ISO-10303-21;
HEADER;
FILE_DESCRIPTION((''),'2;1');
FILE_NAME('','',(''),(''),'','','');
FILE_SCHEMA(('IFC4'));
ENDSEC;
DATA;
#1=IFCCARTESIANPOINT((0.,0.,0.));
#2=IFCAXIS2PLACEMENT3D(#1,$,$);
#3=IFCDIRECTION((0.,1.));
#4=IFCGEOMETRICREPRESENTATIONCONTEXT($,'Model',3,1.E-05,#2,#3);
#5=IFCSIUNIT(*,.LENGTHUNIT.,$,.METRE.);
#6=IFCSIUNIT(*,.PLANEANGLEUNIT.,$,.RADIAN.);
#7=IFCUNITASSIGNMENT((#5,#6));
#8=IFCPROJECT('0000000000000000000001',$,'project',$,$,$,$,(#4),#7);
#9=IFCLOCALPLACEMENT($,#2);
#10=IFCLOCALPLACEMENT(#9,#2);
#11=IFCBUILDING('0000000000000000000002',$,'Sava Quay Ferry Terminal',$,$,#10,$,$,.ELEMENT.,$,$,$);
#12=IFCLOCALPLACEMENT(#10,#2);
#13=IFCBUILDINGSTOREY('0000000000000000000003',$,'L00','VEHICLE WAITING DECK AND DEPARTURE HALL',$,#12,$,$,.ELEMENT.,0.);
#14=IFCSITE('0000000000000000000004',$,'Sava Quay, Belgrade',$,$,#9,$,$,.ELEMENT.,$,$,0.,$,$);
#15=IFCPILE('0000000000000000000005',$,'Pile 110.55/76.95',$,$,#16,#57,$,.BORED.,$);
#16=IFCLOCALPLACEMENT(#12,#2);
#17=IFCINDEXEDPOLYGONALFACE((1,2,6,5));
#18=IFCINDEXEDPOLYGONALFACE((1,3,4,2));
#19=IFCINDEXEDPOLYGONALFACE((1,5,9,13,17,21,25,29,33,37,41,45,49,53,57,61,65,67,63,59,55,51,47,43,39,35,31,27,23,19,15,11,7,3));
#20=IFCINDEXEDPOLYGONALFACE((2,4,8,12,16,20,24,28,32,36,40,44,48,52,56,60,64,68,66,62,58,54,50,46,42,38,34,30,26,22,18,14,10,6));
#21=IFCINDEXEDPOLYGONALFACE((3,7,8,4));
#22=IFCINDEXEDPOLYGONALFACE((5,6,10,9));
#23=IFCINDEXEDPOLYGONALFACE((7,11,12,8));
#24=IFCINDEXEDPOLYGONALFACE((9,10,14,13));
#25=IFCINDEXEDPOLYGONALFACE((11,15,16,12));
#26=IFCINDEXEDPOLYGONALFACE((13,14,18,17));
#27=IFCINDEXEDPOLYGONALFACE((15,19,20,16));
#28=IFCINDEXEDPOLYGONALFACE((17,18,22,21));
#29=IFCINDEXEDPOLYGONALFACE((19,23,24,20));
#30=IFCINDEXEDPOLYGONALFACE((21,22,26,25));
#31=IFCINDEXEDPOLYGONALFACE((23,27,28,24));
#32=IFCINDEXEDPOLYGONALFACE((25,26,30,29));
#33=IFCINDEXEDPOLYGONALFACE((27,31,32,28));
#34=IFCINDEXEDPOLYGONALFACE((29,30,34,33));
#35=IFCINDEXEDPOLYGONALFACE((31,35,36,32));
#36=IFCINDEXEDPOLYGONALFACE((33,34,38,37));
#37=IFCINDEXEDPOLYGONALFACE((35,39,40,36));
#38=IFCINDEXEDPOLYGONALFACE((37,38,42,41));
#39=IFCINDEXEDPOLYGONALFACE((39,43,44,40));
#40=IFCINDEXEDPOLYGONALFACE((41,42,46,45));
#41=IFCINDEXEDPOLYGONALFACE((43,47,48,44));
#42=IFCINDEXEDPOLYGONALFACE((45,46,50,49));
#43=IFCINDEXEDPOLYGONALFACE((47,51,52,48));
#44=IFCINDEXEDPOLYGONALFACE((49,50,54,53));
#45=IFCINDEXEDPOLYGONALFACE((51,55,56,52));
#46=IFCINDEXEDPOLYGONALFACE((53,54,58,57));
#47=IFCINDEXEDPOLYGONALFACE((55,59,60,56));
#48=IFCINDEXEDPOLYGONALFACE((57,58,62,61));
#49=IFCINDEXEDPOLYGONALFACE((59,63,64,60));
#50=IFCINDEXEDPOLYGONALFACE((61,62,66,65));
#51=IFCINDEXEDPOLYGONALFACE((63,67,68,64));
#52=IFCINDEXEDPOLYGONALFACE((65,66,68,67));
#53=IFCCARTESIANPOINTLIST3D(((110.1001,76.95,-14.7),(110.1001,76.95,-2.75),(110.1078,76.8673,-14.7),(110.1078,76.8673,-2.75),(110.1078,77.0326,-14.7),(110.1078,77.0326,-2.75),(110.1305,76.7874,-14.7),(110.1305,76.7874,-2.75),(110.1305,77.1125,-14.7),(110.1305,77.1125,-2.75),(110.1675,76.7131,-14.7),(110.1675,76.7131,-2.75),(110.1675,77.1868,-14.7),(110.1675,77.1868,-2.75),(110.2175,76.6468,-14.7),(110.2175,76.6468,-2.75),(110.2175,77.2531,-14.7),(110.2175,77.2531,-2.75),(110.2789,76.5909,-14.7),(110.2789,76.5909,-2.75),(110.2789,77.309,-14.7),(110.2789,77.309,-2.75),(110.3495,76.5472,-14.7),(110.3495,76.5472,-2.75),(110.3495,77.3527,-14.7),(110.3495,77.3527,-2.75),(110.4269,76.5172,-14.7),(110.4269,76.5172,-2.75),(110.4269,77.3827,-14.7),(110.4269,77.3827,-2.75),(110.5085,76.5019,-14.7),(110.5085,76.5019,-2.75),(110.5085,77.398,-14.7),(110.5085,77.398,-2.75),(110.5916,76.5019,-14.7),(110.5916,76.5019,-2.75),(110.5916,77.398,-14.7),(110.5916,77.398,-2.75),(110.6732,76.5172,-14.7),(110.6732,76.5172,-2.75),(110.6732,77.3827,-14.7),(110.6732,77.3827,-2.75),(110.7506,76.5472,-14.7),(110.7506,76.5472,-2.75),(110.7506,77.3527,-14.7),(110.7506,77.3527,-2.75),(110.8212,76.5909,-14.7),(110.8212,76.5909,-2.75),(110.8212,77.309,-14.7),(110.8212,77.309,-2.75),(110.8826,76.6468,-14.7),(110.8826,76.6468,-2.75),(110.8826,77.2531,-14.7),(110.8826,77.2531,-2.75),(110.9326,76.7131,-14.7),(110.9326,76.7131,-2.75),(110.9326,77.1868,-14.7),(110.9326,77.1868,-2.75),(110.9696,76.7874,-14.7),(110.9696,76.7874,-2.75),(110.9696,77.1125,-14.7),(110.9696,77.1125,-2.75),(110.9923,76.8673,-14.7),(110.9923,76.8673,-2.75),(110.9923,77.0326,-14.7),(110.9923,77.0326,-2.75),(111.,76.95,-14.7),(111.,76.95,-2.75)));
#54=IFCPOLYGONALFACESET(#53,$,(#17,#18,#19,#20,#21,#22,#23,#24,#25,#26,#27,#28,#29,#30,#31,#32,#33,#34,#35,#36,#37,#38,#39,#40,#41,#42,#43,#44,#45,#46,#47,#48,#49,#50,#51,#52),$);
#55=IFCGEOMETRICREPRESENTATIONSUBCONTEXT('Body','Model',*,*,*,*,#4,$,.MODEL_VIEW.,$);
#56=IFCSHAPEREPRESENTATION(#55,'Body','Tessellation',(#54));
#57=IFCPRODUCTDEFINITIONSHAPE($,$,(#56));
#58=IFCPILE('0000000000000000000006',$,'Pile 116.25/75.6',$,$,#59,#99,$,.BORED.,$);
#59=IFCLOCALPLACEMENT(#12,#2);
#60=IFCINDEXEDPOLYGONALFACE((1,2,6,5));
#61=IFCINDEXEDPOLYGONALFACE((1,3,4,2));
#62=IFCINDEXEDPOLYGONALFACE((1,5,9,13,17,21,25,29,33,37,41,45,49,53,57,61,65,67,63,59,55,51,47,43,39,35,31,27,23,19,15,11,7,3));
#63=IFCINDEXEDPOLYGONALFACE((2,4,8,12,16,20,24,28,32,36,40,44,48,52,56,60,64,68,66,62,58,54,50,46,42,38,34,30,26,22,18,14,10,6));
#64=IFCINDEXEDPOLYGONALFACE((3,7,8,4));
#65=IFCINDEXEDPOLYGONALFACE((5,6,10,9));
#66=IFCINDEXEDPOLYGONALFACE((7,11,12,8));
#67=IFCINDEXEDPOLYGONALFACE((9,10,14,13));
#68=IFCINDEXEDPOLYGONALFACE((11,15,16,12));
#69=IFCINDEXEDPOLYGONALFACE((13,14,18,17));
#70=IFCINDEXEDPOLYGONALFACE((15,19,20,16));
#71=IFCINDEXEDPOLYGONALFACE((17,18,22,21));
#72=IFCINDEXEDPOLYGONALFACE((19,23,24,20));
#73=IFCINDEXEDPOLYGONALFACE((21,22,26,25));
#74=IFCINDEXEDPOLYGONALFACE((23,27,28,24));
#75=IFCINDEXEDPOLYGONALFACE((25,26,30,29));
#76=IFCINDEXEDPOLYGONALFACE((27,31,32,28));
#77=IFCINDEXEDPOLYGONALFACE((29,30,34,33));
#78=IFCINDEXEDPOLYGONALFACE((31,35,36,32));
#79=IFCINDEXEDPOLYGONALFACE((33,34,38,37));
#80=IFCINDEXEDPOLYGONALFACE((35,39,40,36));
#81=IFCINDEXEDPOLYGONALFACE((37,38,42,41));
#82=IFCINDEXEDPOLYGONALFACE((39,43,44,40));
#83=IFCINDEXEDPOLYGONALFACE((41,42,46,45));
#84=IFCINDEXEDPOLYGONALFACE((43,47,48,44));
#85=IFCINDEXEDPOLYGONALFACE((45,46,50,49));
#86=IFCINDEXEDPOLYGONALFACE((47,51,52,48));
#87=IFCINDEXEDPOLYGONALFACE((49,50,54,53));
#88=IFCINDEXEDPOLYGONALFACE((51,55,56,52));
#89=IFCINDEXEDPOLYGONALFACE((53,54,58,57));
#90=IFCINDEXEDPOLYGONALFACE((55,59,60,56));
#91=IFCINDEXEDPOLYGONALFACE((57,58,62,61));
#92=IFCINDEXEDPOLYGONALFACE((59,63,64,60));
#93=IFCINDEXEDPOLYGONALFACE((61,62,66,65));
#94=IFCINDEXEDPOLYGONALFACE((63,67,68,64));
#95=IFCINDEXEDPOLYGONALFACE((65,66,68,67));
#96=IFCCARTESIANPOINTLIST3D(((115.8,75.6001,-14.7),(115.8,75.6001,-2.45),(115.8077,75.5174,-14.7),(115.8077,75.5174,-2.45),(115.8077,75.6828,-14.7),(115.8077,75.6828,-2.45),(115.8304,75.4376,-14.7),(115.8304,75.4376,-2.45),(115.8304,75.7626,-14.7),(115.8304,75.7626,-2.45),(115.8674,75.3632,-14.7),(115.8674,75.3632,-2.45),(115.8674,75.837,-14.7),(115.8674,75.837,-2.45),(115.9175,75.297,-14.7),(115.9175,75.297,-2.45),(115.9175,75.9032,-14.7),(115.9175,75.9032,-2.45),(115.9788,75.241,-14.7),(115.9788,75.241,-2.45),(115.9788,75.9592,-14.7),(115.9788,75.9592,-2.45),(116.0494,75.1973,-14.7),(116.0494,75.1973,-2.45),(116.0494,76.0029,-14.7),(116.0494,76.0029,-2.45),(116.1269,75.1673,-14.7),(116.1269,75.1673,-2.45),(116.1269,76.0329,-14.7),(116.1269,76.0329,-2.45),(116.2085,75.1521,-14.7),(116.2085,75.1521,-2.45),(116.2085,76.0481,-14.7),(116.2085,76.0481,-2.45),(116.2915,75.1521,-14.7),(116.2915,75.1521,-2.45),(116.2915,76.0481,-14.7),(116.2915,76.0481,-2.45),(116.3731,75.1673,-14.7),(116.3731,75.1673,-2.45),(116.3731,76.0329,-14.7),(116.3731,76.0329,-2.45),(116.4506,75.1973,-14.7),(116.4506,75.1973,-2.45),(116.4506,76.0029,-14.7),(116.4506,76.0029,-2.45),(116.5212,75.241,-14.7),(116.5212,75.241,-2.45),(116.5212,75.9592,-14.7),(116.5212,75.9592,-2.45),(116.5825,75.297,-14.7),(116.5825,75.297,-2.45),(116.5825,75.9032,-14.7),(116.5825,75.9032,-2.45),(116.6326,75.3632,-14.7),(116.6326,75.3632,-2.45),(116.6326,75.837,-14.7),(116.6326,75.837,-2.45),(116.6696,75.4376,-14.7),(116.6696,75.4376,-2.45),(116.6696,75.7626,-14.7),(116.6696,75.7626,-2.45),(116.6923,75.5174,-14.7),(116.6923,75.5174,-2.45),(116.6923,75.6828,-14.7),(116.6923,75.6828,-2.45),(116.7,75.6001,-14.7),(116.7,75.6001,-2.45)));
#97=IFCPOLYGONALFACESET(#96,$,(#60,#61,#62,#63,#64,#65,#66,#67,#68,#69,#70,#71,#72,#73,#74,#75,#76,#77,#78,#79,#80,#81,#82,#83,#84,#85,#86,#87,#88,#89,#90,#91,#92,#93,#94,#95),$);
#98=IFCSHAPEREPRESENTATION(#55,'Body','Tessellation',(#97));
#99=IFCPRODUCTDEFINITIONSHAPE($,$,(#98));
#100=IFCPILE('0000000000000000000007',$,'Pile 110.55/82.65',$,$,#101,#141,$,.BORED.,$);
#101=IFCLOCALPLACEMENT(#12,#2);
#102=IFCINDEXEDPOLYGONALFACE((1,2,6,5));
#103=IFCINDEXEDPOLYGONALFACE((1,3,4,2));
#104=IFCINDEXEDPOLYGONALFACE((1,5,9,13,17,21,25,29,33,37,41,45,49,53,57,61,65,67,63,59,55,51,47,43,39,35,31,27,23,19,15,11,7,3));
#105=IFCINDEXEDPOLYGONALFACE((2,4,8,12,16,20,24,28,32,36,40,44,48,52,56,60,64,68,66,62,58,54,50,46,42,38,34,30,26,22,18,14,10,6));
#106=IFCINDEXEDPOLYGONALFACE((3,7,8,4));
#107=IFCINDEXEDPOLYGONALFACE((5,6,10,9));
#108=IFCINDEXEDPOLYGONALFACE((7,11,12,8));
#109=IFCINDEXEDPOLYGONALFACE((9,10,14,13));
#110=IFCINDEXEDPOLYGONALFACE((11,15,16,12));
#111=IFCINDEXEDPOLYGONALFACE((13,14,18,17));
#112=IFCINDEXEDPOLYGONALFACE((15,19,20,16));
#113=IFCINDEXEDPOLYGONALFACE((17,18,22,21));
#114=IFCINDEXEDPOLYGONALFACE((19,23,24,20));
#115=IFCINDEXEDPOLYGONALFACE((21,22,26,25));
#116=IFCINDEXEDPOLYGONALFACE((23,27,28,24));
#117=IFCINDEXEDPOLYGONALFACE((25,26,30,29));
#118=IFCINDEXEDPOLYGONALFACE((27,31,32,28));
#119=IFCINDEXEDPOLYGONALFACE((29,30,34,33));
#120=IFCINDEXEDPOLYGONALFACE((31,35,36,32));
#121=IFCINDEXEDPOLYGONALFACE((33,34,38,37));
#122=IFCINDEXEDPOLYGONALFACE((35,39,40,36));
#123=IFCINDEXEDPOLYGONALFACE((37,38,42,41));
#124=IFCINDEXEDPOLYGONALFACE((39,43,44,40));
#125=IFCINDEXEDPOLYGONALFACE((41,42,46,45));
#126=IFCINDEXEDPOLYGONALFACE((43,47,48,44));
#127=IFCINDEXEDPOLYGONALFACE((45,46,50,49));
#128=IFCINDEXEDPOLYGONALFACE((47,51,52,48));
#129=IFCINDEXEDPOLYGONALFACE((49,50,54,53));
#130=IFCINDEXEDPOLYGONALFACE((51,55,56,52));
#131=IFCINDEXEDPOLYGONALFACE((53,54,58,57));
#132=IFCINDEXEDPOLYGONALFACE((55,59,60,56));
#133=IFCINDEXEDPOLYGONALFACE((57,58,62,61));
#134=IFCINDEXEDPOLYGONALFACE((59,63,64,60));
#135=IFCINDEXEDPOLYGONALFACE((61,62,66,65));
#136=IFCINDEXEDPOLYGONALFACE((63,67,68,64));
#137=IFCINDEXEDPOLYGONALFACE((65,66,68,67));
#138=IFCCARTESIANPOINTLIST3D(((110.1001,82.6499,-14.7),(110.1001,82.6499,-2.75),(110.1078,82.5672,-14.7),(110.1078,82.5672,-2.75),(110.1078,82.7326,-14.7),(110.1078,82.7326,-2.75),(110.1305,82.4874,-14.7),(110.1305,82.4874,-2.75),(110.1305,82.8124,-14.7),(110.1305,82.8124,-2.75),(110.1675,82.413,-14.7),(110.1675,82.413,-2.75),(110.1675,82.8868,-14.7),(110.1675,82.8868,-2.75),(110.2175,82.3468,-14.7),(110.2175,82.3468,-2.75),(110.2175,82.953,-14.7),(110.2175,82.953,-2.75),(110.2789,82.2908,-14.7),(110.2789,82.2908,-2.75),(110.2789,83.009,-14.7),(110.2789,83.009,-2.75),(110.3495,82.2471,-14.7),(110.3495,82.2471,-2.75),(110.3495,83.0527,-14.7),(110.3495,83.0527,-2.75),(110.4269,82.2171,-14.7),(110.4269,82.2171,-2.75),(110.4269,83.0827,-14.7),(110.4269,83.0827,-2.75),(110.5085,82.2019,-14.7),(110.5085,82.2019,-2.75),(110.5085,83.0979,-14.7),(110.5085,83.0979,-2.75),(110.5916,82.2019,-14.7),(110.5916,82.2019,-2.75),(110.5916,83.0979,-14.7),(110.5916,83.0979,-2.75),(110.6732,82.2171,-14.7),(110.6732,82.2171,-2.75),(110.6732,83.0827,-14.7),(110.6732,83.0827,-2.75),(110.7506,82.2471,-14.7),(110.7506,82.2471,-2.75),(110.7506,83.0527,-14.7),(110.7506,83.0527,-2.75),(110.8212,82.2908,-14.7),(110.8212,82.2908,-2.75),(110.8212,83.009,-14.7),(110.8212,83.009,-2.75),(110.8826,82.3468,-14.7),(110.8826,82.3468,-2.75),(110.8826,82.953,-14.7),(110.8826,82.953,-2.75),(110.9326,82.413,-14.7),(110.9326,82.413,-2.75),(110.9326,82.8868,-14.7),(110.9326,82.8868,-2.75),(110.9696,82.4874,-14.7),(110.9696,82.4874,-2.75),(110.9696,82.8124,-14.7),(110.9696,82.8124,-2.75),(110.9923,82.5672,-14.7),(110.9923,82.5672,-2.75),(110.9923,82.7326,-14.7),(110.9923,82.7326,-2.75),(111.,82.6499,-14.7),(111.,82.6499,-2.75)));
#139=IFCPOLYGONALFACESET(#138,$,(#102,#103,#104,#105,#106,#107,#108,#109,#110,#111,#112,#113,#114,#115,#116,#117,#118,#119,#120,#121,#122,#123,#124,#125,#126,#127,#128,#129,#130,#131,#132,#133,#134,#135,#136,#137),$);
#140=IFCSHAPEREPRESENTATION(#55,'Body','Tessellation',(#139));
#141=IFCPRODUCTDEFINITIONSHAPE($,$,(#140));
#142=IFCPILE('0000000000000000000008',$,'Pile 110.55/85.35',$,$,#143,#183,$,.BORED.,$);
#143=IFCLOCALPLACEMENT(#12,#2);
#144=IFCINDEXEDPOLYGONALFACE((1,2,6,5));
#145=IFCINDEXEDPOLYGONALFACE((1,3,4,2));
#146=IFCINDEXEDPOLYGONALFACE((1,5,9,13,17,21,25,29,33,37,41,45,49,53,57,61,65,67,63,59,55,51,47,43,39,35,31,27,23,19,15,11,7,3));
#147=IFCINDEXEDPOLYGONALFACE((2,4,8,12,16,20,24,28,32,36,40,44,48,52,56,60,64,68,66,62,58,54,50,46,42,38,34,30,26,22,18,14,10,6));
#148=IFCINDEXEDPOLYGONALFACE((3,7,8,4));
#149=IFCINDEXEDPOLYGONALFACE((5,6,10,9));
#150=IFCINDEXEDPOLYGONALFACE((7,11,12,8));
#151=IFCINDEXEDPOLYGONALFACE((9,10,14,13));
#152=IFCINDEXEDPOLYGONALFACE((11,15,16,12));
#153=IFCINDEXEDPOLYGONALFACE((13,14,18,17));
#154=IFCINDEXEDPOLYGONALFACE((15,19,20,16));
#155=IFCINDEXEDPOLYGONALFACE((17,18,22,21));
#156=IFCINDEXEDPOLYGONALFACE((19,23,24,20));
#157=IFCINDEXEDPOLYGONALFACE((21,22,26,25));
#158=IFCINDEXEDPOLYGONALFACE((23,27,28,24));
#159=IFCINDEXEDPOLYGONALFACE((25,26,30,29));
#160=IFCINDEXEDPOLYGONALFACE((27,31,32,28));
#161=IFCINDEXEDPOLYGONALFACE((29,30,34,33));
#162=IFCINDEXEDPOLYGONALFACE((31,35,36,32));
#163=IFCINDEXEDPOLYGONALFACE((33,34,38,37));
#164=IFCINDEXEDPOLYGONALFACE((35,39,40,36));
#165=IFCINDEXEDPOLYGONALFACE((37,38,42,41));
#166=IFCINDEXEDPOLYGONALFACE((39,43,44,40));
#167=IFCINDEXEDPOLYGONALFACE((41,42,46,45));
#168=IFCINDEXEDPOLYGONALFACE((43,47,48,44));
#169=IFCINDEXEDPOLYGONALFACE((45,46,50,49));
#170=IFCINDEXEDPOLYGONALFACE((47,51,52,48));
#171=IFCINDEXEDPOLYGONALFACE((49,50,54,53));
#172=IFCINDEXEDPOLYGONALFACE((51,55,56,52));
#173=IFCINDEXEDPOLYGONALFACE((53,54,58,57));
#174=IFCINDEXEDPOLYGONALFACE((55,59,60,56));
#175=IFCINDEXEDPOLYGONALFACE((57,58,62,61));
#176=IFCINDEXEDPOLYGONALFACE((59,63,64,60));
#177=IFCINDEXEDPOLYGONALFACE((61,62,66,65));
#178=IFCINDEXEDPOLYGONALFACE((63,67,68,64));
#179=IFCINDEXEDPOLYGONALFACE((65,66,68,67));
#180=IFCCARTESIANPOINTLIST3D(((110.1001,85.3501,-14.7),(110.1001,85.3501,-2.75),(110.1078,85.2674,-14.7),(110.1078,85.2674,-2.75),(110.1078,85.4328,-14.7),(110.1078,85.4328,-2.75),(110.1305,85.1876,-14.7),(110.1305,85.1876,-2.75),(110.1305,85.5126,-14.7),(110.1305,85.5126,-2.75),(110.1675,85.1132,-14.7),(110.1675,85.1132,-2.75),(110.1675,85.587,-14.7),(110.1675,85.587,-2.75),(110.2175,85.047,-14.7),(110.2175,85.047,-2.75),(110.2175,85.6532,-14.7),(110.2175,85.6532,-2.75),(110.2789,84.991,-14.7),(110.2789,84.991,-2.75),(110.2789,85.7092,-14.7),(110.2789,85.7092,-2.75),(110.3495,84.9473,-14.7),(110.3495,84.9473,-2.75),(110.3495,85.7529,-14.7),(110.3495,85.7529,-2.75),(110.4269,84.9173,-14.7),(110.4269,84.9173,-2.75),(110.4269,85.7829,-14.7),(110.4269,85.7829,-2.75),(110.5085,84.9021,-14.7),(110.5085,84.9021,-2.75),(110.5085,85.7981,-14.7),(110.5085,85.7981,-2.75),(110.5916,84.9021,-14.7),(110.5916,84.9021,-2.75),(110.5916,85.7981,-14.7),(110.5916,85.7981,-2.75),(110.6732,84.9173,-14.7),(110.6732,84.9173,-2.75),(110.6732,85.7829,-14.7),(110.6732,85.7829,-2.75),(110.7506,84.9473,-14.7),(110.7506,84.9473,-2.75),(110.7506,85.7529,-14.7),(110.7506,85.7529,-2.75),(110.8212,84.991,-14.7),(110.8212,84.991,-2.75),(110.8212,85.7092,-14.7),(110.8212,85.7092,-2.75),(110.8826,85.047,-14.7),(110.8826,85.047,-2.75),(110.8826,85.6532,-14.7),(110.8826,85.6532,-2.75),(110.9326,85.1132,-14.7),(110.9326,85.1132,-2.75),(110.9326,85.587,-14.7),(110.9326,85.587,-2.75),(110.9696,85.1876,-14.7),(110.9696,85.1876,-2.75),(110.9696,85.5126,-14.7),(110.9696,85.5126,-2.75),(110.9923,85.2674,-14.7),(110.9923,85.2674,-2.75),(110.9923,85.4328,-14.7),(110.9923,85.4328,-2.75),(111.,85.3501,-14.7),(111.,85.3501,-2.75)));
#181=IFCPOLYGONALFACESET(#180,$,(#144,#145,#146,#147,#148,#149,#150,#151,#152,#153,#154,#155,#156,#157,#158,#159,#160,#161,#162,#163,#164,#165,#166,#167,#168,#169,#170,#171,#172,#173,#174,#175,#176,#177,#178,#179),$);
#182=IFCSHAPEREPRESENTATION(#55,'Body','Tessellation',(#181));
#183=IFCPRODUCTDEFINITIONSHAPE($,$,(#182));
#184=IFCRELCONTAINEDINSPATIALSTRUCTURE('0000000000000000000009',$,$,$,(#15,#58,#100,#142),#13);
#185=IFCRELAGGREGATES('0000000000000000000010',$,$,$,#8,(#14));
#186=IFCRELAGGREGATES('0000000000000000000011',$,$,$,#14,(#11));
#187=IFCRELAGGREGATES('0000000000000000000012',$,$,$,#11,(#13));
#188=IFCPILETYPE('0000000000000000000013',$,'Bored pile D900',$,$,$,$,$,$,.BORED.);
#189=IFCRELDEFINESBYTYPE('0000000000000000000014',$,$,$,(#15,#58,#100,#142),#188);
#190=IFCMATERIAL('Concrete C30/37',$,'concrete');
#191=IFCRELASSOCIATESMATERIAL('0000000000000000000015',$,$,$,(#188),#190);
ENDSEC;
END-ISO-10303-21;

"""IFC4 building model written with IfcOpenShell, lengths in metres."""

from ifc_helpers import new_model, si_unit, direction, frame, origin, origin_2d, place, context, subcontext, project, spatial, circle, extrude, material, material_profile, profile_set, type_object, element, save


model = new_model("IFC4")

# Units and contexts
model_context = context("Model", 3, precision=1e-05, world=origin(), true_north=direction((0.0, 1.0)))
body_context = subcontext(model_context, "Body", "Model", "MODEL_VIEW")
ifc_project = project(units=[si_unit("LENGTHUNIT", "METRE"), si_unit("PLANEANGLEUNIT", "RADIAN")], contexts=[model_context])

# Site, building, storey
site_placement = place(None, origin())
site = spatial("IfcSite", under=ifc_project, at=site_placement, Name="Sava Quay, Belgrade", CompositionType="ELEMENT", RefElevation=0.0)
building_placement = place(site_placement, origin())
building = spatial("IfcBuilding", under=site, at=building_placement, Name="Sava Quay Ferry Terminal", CompositionType="ELEMENT")
storey_placement = place(building_placement, origin())
storey = spatial("IfcBuildingStorey", under=building, at=storey_placement, Name="L00", Description="VEHICLE WAITING DECK AND DEPARTURE HALL", CompositionType="ELEMENT", Elevation=0.0)

# Piles
ifc_material_1 = material(Name="Concrete C30/37", Category="concrete")
ifc_material_profile = material_profile(ifc_material_1, circle(Radius=0.45, at=origin_2d()), Name="Bored pile D900")
ifc_profile_set = profile_set([ifc_material_profile], Name="Concrete C30/37")
pile_type = type_object("IfcPileType", Name="Bored pile D900", PredefinedType="BORED", material=ifc_profile_set)
pile_1_placement = place(storey_placement, frame((110.55, 76.95, -2.75), z_axis=(0.0, 0.0, -1.0), x_axis=(1.0, 0.0, 0.0)))
element("IfcPile", 1, at=pile_1_placement, inside=storey, type_object=pile_type, Name="Pile 110.55/76.95", PredefinedType="BORED", context=body_context, shape_type="SweptSolid", body=[
    extrude(circle(Radius=0.45, at=origin_2d()), origin(), (0.0, 0.0, 1.0), 11.95),
])
pile_2_placement = place(storey_placement, frame((116.25, 75.6001, -2.45), z_axis=(0.0, 0.0, -1.0), x_axis=(1.0, 0.0, 0.0)))
element("IfcPile", 2, at=pile_2_placement, inside=storey, type_object=pile_type, Name="Pile 116.25/75.6", PredefinedType="BORED", context=body_context, shape_type="SweptSolid", body=[
    extrude(circle(Radius=0.45, at=origin_2d()), origin(), (0.0, 0.0, 1.0), 12.25),
])
for number, where, z_axis, x_axis, name in (
    (3, (110.55, 82.6499, -2.75), (0.0, 0.0, -1.0), (1.0, 0.0, 0.0), "Pile 110.55/82.65"),
    (4, (110.55, 85.3501, -2.75), (0.0, 0.0, -1.0), (1.0, 0.0, 0.0), "Pile 110.55/85.35"),
):
    element("IfcPile", number, at=place(storey_placement, frame(where, z_axis=z_axis, x_axis=x_axis)), inside=storey, type_object=pile_type, Name=name, PredefinedType="BORED", context=body_context, shape_type="SweptSolid", body=[
        extrude(circle(Radius=0.45, at=origin_2d()), origin(), (0.0, 0.0, 1.0), 11.95),
    ])

save(model, "model.ifc")
